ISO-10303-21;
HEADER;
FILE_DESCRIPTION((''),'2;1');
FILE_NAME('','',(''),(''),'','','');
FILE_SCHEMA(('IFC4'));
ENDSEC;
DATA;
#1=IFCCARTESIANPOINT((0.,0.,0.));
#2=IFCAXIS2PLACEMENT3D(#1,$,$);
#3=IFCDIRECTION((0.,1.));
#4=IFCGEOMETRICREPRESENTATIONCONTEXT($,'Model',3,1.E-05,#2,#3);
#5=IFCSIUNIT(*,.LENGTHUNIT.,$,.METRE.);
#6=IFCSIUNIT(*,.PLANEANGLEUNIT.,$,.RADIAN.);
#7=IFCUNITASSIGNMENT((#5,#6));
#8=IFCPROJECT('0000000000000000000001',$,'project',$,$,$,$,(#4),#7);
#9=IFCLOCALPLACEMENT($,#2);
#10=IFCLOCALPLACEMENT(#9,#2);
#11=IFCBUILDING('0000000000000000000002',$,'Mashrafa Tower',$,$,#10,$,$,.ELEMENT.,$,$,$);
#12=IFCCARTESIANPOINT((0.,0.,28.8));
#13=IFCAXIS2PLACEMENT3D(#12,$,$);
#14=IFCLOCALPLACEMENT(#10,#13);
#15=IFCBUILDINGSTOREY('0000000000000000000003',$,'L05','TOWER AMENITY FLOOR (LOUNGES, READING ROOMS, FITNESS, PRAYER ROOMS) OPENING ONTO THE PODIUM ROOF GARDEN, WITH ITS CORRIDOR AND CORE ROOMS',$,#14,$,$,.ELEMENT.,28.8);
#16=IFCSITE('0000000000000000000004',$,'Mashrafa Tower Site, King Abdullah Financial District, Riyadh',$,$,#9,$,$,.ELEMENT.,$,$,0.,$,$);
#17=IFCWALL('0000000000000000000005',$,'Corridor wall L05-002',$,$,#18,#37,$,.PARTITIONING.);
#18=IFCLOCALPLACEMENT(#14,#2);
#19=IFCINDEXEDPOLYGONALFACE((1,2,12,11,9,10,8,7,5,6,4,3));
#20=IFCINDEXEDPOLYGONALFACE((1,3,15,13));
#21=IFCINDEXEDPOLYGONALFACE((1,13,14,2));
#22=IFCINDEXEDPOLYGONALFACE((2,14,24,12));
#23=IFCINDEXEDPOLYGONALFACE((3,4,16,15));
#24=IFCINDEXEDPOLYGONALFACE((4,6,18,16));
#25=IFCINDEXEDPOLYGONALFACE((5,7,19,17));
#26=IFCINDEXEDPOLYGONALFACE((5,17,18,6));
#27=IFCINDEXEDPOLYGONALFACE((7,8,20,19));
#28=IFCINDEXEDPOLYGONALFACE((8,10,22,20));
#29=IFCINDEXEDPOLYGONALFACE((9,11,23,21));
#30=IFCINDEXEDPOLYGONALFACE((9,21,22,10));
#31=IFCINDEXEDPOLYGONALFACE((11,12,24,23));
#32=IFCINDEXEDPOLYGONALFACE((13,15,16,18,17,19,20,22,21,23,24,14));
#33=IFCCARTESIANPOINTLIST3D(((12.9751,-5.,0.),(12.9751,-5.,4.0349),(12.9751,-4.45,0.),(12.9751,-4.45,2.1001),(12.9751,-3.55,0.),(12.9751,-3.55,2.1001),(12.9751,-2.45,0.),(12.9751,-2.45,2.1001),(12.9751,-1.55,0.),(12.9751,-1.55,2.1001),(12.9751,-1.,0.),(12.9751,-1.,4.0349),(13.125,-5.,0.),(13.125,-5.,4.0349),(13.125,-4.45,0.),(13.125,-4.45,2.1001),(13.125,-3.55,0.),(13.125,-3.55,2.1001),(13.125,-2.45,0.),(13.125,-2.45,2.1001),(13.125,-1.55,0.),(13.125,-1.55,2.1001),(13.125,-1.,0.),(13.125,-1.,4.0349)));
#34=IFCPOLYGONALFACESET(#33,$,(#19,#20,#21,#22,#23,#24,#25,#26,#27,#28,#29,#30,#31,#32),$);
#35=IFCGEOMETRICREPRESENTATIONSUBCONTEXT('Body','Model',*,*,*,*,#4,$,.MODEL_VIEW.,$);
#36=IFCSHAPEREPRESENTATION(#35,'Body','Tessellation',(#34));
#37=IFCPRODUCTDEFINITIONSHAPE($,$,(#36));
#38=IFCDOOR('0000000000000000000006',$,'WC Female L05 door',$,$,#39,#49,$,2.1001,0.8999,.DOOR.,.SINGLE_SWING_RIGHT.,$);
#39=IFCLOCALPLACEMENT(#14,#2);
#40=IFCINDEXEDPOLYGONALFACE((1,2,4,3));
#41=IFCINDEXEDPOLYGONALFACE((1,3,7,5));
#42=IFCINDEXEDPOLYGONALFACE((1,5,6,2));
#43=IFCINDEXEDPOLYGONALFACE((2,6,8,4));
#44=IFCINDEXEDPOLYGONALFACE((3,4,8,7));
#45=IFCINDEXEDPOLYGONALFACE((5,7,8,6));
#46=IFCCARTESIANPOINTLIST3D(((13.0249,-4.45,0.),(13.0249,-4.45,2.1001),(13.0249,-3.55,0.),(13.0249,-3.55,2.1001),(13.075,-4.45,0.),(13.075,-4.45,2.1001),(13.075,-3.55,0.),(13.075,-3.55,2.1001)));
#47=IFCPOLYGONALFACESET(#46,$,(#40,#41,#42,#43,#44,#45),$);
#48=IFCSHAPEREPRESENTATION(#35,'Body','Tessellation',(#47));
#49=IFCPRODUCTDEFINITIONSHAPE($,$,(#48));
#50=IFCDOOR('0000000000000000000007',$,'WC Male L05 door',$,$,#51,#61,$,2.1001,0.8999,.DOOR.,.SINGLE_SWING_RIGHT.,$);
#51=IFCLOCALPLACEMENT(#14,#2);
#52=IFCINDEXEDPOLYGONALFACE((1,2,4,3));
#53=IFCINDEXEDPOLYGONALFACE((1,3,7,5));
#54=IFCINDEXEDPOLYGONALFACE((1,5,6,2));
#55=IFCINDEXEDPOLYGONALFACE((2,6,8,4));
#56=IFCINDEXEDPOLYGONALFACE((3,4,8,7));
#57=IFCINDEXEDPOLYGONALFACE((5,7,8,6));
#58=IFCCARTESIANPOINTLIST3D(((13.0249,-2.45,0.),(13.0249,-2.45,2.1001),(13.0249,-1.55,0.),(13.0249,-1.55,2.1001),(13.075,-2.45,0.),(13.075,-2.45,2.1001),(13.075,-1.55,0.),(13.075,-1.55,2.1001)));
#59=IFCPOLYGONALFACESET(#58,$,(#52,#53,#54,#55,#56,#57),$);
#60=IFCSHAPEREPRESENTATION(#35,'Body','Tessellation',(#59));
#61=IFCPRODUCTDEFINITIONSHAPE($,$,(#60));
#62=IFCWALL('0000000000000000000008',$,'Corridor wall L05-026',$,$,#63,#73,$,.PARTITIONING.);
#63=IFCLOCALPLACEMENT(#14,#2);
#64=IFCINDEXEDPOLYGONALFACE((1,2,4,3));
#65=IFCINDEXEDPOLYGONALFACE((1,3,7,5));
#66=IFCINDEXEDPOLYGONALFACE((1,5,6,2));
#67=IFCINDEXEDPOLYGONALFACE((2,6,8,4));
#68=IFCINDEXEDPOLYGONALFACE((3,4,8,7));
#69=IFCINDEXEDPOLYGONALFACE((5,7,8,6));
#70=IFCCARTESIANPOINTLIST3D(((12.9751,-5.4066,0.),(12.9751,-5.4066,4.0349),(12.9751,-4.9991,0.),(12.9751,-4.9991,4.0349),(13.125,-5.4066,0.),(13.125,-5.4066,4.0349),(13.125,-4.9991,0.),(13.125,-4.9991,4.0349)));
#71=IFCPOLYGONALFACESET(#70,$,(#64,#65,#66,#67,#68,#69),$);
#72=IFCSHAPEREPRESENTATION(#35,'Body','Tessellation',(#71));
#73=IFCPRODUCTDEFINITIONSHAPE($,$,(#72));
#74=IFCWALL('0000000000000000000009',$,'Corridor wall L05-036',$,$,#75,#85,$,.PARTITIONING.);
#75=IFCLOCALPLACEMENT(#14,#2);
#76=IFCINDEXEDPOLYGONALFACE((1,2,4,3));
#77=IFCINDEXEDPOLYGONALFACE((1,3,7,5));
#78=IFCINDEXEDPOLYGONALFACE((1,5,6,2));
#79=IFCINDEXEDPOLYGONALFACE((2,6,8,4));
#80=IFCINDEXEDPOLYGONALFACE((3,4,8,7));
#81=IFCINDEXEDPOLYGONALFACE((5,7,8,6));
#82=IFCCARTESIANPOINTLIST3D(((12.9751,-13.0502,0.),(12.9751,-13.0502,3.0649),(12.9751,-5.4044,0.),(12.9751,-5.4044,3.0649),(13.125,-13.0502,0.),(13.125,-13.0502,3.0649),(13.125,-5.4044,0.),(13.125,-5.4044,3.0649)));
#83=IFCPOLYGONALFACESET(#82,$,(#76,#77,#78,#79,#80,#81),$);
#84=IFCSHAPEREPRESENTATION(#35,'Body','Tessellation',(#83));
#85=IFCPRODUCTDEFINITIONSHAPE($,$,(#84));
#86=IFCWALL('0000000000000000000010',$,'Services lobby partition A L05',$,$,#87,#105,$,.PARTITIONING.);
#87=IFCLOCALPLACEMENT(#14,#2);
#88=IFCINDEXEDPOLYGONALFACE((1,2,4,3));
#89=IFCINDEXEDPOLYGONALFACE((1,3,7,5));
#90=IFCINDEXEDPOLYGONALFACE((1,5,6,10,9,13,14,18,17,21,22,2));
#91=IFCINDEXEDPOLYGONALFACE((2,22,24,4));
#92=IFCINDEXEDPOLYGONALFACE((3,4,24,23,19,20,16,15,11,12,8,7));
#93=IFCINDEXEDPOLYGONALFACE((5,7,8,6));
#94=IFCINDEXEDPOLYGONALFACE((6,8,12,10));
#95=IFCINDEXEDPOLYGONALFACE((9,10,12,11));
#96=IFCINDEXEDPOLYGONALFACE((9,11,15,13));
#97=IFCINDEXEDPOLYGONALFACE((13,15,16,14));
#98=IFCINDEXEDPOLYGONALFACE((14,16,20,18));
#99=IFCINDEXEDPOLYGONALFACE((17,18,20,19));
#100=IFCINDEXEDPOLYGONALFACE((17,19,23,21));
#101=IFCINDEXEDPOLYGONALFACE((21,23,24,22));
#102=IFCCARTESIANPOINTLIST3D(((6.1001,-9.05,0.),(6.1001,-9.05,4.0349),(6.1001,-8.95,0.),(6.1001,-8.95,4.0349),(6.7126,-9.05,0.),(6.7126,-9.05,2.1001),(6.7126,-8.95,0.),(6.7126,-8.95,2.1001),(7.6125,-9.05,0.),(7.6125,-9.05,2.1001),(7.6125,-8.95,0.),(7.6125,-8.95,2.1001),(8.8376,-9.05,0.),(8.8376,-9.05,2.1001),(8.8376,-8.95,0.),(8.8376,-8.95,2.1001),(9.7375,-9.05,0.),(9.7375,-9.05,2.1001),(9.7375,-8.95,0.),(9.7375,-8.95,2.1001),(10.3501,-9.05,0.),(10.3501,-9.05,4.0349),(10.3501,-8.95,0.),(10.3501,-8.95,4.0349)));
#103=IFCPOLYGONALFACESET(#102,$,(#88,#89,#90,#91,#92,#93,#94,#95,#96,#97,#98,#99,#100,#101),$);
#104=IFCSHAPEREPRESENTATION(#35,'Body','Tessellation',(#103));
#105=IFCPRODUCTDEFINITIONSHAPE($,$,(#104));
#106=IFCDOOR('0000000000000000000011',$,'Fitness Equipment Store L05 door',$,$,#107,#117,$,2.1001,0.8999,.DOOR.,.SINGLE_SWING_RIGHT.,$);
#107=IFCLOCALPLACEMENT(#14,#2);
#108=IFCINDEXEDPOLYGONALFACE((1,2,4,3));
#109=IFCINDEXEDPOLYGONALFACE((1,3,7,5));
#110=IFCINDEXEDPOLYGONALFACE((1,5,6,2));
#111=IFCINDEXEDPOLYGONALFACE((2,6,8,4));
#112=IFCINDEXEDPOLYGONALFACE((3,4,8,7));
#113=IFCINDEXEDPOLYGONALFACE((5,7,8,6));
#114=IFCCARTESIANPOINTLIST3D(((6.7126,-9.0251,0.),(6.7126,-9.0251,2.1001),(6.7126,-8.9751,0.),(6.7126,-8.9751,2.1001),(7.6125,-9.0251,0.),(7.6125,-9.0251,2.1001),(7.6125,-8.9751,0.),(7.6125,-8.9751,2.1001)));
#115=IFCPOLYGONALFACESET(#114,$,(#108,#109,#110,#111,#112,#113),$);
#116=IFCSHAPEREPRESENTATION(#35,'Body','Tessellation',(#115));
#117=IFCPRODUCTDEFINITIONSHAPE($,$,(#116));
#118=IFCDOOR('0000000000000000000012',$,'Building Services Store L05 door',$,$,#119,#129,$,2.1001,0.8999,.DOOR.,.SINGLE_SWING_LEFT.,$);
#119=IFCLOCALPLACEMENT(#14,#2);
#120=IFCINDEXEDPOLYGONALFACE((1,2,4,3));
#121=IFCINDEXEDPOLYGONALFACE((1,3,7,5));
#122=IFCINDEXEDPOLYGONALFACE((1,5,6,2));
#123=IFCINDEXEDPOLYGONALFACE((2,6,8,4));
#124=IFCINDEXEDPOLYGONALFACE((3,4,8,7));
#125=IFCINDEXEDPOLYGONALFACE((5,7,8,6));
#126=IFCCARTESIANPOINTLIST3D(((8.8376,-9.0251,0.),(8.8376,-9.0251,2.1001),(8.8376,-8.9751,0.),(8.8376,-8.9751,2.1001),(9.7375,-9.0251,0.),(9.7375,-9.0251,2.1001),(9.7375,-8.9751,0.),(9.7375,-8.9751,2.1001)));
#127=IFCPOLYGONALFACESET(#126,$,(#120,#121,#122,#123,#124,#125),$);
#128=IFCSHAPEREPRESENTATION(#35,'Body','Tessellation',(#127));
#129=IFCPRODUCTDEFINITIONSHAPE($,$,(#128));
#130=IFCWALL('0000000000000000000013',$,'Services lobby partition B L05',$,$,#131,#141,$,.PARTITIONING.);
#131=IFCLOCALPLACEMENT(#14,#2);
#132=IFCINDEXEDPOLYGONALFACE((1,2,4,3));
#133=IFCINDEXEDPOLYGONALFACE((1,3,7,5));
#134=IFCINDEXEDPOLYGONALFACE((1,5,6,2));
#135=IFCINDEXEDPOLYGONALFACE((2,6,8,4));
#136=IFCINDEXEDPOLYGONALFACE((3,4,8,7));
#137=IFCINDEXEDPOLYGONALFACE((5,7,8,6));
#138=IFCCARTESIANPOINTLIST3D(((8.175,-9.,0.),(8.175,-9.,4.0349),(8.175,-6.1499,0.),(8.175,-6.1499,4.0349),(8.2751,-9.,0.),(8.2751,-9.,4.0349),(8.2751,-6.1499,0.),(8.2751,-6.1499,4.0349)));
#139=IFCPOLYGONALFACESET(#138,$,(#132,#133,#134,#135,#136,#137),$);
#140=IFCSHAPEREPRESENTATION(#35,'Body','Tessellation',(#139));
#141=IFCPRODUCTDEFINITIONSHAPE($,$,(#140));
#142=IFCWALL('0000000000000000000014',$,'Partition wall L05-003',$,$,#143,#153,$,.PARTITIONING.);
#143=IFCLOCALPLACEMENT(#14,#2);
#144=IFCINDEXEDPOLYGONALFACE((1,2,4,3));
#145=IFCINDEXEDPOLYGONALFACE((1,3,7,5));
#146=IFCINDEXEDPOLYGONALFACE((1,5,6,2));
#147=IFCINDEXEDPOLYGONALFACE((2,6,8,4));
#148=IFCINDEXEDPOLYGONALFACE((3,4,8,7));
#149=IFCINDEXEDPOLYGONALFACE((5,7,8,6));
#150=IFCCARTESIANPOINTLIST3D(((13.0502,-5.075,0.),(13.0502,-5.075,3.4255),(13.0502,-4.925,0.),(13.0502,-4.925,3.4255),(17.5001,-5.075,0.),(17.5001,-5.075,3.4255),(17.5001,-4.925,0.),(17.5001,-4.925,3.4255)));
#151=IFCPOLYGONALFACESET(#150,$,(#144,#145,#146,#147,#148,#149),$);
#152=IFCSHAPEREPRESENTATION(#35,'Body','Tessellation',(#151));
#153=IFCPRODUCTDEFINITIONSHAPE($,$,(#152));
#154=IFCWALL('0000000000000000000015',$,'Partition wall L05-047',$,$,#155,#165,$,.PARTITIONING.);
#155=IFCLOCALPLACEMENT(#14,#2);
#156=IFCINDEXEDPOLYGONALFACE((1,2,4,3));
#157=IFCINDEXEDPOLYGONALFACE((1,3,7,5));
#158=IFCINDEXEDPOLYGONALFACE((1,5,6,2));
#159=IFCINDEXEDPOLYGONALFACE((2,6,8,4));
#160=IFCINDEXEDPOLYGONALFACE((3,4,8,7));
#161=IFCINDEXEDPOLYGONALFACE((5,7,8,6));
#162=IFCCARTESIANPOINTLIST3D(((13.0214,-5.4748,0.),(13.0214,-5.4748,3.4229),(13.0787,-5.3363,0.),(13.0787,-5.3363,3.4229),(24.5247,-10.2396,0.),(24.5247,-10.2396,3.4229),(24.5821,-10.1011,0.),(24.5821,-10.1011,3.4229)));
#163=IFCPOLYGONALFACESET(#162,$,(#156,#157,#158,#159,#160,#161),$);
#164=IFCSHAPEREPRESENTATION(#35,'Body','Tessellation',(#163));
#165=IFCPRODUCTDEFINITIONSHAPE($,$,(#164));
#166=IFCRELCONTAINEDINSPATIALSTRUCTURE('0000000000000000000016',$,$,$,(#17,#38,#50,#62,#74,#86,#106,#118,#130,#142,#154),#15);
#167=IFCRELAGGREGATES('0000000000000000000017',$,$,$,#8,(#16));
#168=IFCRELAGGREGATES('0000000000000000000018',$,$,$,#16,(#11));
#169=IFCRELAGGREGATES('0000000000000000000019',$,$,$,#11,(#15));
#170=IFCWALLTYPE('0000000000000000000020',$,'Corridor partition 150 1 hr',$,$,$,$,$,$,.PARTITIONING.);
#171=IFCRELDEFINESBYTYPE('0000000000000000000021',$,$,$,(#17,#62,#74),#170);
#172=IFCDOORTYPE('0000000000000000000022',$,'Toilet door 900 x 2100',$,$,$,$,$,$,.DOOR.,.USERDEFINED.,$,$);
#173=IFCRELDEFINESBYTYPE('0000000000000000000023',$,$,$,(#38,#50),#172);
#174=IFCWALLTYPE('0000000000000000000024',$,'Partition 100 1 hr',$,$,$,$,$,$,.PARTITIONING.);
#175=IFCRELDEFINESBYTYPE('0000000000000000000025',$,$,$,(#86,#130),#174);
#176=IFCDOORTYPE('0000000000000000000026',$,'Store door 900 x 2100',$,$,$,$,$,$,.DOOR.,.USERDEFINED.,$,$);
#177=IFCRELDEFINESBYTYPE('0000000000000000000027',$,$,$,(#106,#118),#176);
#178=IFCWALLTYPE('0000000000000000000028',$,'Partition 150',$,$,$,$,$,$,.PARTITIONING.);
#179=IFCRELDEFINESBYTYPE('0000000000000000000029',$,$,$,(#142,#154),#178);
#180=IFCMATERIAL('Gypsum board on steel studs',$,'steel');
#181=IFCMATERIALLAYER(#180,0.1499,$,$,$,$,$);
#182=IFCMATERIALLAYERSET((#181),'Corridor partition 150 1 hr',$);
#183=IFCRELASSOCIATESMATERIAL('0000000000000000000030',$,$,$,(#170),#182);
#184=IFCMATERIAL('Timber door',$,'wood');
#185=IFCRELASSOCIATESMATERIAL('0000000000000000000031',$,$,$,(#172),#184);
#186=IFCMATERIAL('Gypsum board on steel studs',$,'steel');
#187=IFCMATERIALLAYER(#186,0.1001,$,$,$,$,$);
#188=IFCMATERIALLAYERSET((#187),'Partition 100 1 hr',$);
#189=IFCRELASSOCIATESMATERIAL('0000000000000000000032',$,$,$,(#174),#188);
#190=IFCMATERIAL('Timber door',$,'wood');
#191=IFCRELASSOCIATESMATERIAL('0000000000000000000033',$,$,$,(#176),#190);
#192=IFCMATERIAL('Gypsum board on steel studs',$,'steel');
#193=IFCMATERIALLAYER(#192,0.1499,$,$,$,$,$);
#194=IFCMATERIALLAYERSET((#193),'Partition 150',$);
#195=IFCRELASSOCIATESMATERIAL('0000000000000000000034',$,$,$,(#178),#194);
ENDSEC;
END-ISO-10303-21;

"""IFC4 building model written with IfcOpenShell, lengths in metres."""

from ifc_helpers import new_model, si_unit, direction, frame, frame_2d, origin, place, context, subcontext, project, spatial, rectangle, extrude, material, layer, layer_set, type_object, element, fill, save


model = new_model("IFC4")

# Units and contexts
model_context = context("Model", 3, precision=1e-05, world=origin(), true_north=direction((0.0, 1.0)))
body_context = subcontext(model_context, "Body", "Model", "MODEL_VIEW")
ifc_project = project(units=[si_unit("LENGTHUNIT", "METRE"), si_unit("PLANEANGLEUNIT", "RADIAN")], contexts=[model_context])

# Site, building, storey
site_placement = place(None, origin())
site = spatial("IfcSite", under=ifc_project, at=site_placement, Name="Mashrafa Tower Site, King Abdullah Financial District, Riyadh", CompositionType="ELEMENT", RefElevation=0.0)
building_placement = place(site_placement, origin())
building = spatial("IfcBuilding", under=site, at=building_placement, Name="Mashrafa Tower", CompositionType="ELEMENT")
storey_placement = place(building_placement, frame((0.0, 0.0, 28.8)))
storey = spatial("IfcBuildingStorey", under=building, at=storey_placement, Name="L05", Description="TOWER AMENITY FLOOR (LOUNGES, READING ROOMS, FITNESS, PRAYER ROOMS) OPENING ONTO THE PODIUM ROOF GARDEN, WITH ITS CORRIDOR AND CORE ROOMS", CompositionType="ELEMENT", Elevation=28.8)

# Wall, openings, doors
ifc_material_1 = material(Name="Gypsum board on steel studs", Category="steel")
ifc_layer_1 = layer(ifc_material_1, 0.1499)
ifc_layer_set_1 = layer_set([ifc_layer_1], Name="Corridor partition 150 1 hr")
wall_type_1 = type_object("IfcWallType", Name="Corridor partition 150 1 hr", PredefinedType="PARTITIONING", material=ifc_layer_set_1)
wall_1_placement = place(storey_placement, frame((13.05, -5.0, 0.0), z_axis=(0.0, 0.0, 1.0), x_axis=(0.0, 1.0, 0.0)))
wall_1 = element("IfcWall", 1, at=wall_1_placement, inside=storey, type_object=wall_type_1, Name="Corridor wall L05-002", PredefinedType="PARTITIONING", context=body_context, shape_type="SweptSolid", body=[
    extrude(rectangle(XDim=4.0, YDim=0.1499, at=frame_2d((2.0, 0.0))), origin(), (0.0, 0.0, 1.0), 4.0349),
])
opening_1_placement = place(wall_1_placement, frame((0.55, 0.0, 0.0)))
opening_1 = element("IfcOpeningElement", 2, at=opening_1_placement, cuts=wall_1, PredefinedType="OPENING", context=body_context, shape_type="SweptSolid", body=[
    extrude(rectangle(XDim=0.8999, YDim=2.1001, at=frame_2d((0.45, 1.05))), frame((0.0, 0.085, 0.0), z_axis=(0.0, -1.0, 0.0), x_axis=(1.0, 0.0, 0.0)), (0.0, 0.0, 1.0), 0.1699),
])
opening_2_placement = place(wall_1_placement, frame((2.55, 0.0, 0.0)))
opening_2 = element("IfcOpeningElement", 3, at=opening_2_placement, cuts=wall_1, PredefinedType="OPENING", context=body_context, shape_type="SweptSolid", body=[
    extrude(rectangle(XDim=0.8999, YDim=2.1001, at=frame_2d((0.45, 1.05))), frame((0.0, 0.085, 0.0), z_axis=(0.0, -1.0, 0.0), x_axis=(1.0, 0.0, 0.0)), (0.0, 0.0, 1.0), 0.1699),
])
ifc_material_2 = material(Name="Timber door", Category="wood")
door_type_1 = type_object("IfcDoorType", Name="Toilet door 900 x 2100", OperationType="USERDEFINED", PredefinedType="DOOR", material=ifc_material_2)
door_1_placement = place(opening_1_placement, frame((0.8999, 0.0, 0.0), z_axis=(0.0, 0.0, 1.0), x_axis=(-1.0, 0.0, 0.0)))
door_1 = element("IfcDoor", 4, at=door_1_placement, inside=storey, type_object=door_type_1, Name="WC Female L05 door", OperationType="SINGLE_SWING_RIGHT", OverallHeight=2.1001, OverallWidth=0.8999, PredefinedType="DOOR", context=body_context, shape_type="SweptSolid", body=[
    extrude(rectangle(XDim=0.8999, YDim=2.1001, at=frame_2d((0.45, 1.05))), frame((0.0, 0.0249, 0.0), z_axis=(0.0, -1.0, 0.0), x_axis=(1.0, 0.0, 0.0)), (0.0, 0.0, 1.0), 0.05),
])
fill(opening_1, door_1)
door_2_placement = place(opening_2_placement, frame((0.8999, 0.0, 0.0), z_axis=(0.0, 0.0, 1.0), x_axis=(-1.0, 0.0, 0.0)))
door_2 = element("IfcDoor", 5, at=door_2_placement, inside=storey, type_object=door_type_1, Name="WC Male L05 door", OperationType="SINGLE_SWING_RIGHT", OverallHeight=2.1001, OverallWidth=0.8999, PredefinedType="DOOR", context=body_context, shape_type="SweptSolid", body=[
    extrude(rectangle(XDim=0.8999, YDim=2.1001, at=frame_2d((0.45, 1.05))), frame((0.0, 0.0249, 0.0), z_axis=(0.0, -1.0, 0.0), x_axis=(1.0, 0.0, 0.0)), (0.0, 0.0, 1.0), 0.05),
])
fill(opening_2, door_2)

# Walls
wall_2_placement = place(storey_placement, frame((13.05, -5.4065, 0.0), z_axis=(0.0, 0.0, 1.0), x_axis=(0.0, 1.0, 0.0)))
element("IfcWall", 6, at=wall_2_placement, inside=storey, type_object=wall_type_1, Name="Corridor wall L05-026", PredefinedType="PARTITIONING", context=body_context, shape_type="SweptSolid", body=[
    extrude(rectangle(XDim=0.4075, YDim=0.1499, at=frame_2d((0.2036, 0.0))), origin(), (0.0, 0.0, 1.0), 4.0349),
])
wall_3_placement = place(storey_placement, frame((13.05, -13.05, 0.0), z_axis=(0.0, 0.0, 1.0), x_axis=(0.0, 1.0, 0.0)))
element("IfcWall", 7, at=wall_3_placement, inside=storey, type_object=wall_type_1, Name="Corridor wall L05-036", PredefinedType="PARTITIONING", context=body_context, shape_type="SweptSolid", body=[
    extrude(rectangle(XDim=7.6458, YDim=0.1499, at=frame_2d((3.8228, 0.0))), origin(), (0.0, 0.0, 1.0), 3.0649),
])

# Wall, openings, doors
ifc_material_3 = material(Name="Gypsum board on steel studs", Category="steel")
ifc_layer_2 = layer(ifc_material_3, 0.1001)
ifc_layer_set_2 = layer_set([ifc_layer_2], Name="Partition 100 1 hr")
wall_type_2 = type_object("IfcWallType", Name="Partition 100 1 hr", PredefinedType="PARTITIONING", material=ifc_layer_set_2)
wall_4_placement = place(storey_placement, frame((6.1001, -9.0, 0.0), z_axis=(0.0, 0.0, 1.0), x_axis=(1.0, 0.0, 0.0)))
wall_4 = element("IfcWall", 8, at=wall_4_placement, inside=storey, type_object=wall_type_2, Name="Services lobby partition A L05", PredefinedType="PARTITIONING", context=body_context, shape_type="SweptSolid", body=[
    extrude(rectangle(XDim=4.25, YDim=0.1001, at=frame_2d((2.125, 0.0))), origin(), (0.0, 0.0, 1.0), 4.0349),
])
opening_3_placement = place(wall_4_placement, frame((0.6125, 0.0, 0.0)))
opening_3 = element("IfcOpeningElement", 9, at=opening_3_placement, cuts=wall_4, PredefinedType="OPENING", context=body_context, shape_type="SweptSolid", body=[
    extrude(rectangle(XDim=0.8999, YDim=2.1001, at=frame_2d((0.45, 1.05))), frame((0.0, 0.0601, 0.0), z_axis=(0.0, -1.0, 0.0), x_axis=(1.0, 0.0, 0.0)), (0.0, 0.0, 1.0), 0.1201),
])
opening_4_placement = place(wall_4_placement, frame((2.7375, 0.0, 0.0)))
opening_4 = element("IfcOpeningElement", 10, at=opening_4_placement, cuts=wall_4, PredefinedType="OPENING", context=body_context, shape_type="SweptSolid", body=[
    extrude(rectangle(XDim=0.8999, YDim=2.1001, at=frame_2d((0.45, 1.05))), frame((0.0, 0.0601, 0.0), z_axis=(0.0, -1.0, 0.0), x_axis=(1.0, 0.0, 0.0)), (0.0, 0.0, 1.0), 0.1201),
])
ifc_material_4 = material(Name="Timber door", Category="wood")
door_type_2 = type_object("IfcDoorType", Name="Store door 900 x 2100", OperationType="USERDEFINED", PredefinedType="DOOR", material=ifc_material_4)
door_3_placement = place(opening_3_placement, origin())
door_3 = element("IfcDoor", 11, at=door_3_placement, inside=storey, type_object=door_type_2, Name="Fitness Equipment Store L05 door", OperationType="SINGLE_SWING_RIGHT", OverallHeight=2.1001, OverallWidth=0.8999, PredefinedType="DOOR", context=body_context, shape_type="SweptSolid", body=[
    extrude(rectangle(XDim=0.8999, YDim=2.1001, at=frame_2d((0.45, 1.05))), frame((0.0, 0.0249, 0.0), z_axis=(0.0, -1.0, 0.0), x_axis=(1.0, 0.0, 0.0)), (0.0, 0.0, 1.0), 0.05),
])
fill(opening_3, door_3)
door_4_placement = place(opening_4_placement, origin())
door_4 = element("IfcDoor", 12, at=door_4_placement, inside=storey, type_object=door_type_2, Name="Building Services Store L05 door", OperationType="SINGLE_SWING_LEFT", OverallHeight=2.1001, OverallWidth=0.8999, PredefinedType="DOOR", context=body_context, shape_type="SweptSolid", body=[
    extrude(rectangle(XDim=0.8999, YDim=2.1001, at=frame_2d((0.45, 1.05))), frame((0.0, 0.0249, 0.0), z_axis=(0.0, -1.0, 0.0), x_axis=(1.0, 0.0, 0.0)), (0.0, 0.0, 1.0), 0.05),
])
fill(opening_4, door_4)

# Walls
wall_5_placement = place(storey_placement, frame((8.2251, -9.0, 0.0), z_axis=(0.0, 0.0, 1.0), x_axis=(0.0, 1.0, 0.0)))
element("IfcWall", 13, at=wall_5_placement, inside=storey, type_object=wall_type_2, Name="Services lobby partition B L05", PredefinedType="PARTITIONING", context=body_context, shape_type="SweptSolid", body=[
    extrude(rectangle(XDim=2.8501, YDim=0.1001, at=frame_2d((1.425, 0.0))), origin(), (0.0, 0.0, 1.0), 4.0349),
])
ifc_material_5 = material(Name="Gypsum board on steel studs", Category="steel")
ifc_layer_3 = layer(ifc_material_5, 0.1499)
ifc_layer_set_3 = layer_set([ifc_layer_3], Name="Partition 150")
wall_type_3 = type_object("IfcWallType", Name="Partition 150", PredefinedType="PARTITIONING", material=ifc_layer_set_3)
wall_6_placement = place(storey_placement, frame((13.05, -5.0, 0.0), z_axis=(0.0, 0.0, 1.0), x_axis=(1.0, 0.0, 0.0)))
element("IfcWall", 14, at=wall_6_placement, inside=storey, type_object=wall_type_3, Name="Partition wall L05-003", PredefinedType="PARTITIONING", context=body_context, shape_type="SweptSolid", body=[
    extrude(rectangle(XDim=4.45, YDim=0.1499, at=frame_2d((2.2251, 0.0))), origin(), (0.0, 0.0, 1.0), 3.4255),
])
wall_7_placement = place(storey_placement, frame((13.05, -5.4055, 0.0), z_axis=(0.0, 0.0, 1.0), x_axis=(0.923879, -0.382685, 0.0)))
element("IfcWall", 15, at=wall_7_placement, inside=storey, type_object=wall_type_3, Name="Partition wall L05-047", PredefinedType="PARTITIONING", context=body_context, shape_type="SweptSolid", body=[
    extrude(rectangle(XDim=12.4512, YDim=0.1499, at=frame_2d((6.2256, 0.0))), origin(), (0.0, 0.0, 1.0), 3.4229),
])

save(model, "model.ifc")
